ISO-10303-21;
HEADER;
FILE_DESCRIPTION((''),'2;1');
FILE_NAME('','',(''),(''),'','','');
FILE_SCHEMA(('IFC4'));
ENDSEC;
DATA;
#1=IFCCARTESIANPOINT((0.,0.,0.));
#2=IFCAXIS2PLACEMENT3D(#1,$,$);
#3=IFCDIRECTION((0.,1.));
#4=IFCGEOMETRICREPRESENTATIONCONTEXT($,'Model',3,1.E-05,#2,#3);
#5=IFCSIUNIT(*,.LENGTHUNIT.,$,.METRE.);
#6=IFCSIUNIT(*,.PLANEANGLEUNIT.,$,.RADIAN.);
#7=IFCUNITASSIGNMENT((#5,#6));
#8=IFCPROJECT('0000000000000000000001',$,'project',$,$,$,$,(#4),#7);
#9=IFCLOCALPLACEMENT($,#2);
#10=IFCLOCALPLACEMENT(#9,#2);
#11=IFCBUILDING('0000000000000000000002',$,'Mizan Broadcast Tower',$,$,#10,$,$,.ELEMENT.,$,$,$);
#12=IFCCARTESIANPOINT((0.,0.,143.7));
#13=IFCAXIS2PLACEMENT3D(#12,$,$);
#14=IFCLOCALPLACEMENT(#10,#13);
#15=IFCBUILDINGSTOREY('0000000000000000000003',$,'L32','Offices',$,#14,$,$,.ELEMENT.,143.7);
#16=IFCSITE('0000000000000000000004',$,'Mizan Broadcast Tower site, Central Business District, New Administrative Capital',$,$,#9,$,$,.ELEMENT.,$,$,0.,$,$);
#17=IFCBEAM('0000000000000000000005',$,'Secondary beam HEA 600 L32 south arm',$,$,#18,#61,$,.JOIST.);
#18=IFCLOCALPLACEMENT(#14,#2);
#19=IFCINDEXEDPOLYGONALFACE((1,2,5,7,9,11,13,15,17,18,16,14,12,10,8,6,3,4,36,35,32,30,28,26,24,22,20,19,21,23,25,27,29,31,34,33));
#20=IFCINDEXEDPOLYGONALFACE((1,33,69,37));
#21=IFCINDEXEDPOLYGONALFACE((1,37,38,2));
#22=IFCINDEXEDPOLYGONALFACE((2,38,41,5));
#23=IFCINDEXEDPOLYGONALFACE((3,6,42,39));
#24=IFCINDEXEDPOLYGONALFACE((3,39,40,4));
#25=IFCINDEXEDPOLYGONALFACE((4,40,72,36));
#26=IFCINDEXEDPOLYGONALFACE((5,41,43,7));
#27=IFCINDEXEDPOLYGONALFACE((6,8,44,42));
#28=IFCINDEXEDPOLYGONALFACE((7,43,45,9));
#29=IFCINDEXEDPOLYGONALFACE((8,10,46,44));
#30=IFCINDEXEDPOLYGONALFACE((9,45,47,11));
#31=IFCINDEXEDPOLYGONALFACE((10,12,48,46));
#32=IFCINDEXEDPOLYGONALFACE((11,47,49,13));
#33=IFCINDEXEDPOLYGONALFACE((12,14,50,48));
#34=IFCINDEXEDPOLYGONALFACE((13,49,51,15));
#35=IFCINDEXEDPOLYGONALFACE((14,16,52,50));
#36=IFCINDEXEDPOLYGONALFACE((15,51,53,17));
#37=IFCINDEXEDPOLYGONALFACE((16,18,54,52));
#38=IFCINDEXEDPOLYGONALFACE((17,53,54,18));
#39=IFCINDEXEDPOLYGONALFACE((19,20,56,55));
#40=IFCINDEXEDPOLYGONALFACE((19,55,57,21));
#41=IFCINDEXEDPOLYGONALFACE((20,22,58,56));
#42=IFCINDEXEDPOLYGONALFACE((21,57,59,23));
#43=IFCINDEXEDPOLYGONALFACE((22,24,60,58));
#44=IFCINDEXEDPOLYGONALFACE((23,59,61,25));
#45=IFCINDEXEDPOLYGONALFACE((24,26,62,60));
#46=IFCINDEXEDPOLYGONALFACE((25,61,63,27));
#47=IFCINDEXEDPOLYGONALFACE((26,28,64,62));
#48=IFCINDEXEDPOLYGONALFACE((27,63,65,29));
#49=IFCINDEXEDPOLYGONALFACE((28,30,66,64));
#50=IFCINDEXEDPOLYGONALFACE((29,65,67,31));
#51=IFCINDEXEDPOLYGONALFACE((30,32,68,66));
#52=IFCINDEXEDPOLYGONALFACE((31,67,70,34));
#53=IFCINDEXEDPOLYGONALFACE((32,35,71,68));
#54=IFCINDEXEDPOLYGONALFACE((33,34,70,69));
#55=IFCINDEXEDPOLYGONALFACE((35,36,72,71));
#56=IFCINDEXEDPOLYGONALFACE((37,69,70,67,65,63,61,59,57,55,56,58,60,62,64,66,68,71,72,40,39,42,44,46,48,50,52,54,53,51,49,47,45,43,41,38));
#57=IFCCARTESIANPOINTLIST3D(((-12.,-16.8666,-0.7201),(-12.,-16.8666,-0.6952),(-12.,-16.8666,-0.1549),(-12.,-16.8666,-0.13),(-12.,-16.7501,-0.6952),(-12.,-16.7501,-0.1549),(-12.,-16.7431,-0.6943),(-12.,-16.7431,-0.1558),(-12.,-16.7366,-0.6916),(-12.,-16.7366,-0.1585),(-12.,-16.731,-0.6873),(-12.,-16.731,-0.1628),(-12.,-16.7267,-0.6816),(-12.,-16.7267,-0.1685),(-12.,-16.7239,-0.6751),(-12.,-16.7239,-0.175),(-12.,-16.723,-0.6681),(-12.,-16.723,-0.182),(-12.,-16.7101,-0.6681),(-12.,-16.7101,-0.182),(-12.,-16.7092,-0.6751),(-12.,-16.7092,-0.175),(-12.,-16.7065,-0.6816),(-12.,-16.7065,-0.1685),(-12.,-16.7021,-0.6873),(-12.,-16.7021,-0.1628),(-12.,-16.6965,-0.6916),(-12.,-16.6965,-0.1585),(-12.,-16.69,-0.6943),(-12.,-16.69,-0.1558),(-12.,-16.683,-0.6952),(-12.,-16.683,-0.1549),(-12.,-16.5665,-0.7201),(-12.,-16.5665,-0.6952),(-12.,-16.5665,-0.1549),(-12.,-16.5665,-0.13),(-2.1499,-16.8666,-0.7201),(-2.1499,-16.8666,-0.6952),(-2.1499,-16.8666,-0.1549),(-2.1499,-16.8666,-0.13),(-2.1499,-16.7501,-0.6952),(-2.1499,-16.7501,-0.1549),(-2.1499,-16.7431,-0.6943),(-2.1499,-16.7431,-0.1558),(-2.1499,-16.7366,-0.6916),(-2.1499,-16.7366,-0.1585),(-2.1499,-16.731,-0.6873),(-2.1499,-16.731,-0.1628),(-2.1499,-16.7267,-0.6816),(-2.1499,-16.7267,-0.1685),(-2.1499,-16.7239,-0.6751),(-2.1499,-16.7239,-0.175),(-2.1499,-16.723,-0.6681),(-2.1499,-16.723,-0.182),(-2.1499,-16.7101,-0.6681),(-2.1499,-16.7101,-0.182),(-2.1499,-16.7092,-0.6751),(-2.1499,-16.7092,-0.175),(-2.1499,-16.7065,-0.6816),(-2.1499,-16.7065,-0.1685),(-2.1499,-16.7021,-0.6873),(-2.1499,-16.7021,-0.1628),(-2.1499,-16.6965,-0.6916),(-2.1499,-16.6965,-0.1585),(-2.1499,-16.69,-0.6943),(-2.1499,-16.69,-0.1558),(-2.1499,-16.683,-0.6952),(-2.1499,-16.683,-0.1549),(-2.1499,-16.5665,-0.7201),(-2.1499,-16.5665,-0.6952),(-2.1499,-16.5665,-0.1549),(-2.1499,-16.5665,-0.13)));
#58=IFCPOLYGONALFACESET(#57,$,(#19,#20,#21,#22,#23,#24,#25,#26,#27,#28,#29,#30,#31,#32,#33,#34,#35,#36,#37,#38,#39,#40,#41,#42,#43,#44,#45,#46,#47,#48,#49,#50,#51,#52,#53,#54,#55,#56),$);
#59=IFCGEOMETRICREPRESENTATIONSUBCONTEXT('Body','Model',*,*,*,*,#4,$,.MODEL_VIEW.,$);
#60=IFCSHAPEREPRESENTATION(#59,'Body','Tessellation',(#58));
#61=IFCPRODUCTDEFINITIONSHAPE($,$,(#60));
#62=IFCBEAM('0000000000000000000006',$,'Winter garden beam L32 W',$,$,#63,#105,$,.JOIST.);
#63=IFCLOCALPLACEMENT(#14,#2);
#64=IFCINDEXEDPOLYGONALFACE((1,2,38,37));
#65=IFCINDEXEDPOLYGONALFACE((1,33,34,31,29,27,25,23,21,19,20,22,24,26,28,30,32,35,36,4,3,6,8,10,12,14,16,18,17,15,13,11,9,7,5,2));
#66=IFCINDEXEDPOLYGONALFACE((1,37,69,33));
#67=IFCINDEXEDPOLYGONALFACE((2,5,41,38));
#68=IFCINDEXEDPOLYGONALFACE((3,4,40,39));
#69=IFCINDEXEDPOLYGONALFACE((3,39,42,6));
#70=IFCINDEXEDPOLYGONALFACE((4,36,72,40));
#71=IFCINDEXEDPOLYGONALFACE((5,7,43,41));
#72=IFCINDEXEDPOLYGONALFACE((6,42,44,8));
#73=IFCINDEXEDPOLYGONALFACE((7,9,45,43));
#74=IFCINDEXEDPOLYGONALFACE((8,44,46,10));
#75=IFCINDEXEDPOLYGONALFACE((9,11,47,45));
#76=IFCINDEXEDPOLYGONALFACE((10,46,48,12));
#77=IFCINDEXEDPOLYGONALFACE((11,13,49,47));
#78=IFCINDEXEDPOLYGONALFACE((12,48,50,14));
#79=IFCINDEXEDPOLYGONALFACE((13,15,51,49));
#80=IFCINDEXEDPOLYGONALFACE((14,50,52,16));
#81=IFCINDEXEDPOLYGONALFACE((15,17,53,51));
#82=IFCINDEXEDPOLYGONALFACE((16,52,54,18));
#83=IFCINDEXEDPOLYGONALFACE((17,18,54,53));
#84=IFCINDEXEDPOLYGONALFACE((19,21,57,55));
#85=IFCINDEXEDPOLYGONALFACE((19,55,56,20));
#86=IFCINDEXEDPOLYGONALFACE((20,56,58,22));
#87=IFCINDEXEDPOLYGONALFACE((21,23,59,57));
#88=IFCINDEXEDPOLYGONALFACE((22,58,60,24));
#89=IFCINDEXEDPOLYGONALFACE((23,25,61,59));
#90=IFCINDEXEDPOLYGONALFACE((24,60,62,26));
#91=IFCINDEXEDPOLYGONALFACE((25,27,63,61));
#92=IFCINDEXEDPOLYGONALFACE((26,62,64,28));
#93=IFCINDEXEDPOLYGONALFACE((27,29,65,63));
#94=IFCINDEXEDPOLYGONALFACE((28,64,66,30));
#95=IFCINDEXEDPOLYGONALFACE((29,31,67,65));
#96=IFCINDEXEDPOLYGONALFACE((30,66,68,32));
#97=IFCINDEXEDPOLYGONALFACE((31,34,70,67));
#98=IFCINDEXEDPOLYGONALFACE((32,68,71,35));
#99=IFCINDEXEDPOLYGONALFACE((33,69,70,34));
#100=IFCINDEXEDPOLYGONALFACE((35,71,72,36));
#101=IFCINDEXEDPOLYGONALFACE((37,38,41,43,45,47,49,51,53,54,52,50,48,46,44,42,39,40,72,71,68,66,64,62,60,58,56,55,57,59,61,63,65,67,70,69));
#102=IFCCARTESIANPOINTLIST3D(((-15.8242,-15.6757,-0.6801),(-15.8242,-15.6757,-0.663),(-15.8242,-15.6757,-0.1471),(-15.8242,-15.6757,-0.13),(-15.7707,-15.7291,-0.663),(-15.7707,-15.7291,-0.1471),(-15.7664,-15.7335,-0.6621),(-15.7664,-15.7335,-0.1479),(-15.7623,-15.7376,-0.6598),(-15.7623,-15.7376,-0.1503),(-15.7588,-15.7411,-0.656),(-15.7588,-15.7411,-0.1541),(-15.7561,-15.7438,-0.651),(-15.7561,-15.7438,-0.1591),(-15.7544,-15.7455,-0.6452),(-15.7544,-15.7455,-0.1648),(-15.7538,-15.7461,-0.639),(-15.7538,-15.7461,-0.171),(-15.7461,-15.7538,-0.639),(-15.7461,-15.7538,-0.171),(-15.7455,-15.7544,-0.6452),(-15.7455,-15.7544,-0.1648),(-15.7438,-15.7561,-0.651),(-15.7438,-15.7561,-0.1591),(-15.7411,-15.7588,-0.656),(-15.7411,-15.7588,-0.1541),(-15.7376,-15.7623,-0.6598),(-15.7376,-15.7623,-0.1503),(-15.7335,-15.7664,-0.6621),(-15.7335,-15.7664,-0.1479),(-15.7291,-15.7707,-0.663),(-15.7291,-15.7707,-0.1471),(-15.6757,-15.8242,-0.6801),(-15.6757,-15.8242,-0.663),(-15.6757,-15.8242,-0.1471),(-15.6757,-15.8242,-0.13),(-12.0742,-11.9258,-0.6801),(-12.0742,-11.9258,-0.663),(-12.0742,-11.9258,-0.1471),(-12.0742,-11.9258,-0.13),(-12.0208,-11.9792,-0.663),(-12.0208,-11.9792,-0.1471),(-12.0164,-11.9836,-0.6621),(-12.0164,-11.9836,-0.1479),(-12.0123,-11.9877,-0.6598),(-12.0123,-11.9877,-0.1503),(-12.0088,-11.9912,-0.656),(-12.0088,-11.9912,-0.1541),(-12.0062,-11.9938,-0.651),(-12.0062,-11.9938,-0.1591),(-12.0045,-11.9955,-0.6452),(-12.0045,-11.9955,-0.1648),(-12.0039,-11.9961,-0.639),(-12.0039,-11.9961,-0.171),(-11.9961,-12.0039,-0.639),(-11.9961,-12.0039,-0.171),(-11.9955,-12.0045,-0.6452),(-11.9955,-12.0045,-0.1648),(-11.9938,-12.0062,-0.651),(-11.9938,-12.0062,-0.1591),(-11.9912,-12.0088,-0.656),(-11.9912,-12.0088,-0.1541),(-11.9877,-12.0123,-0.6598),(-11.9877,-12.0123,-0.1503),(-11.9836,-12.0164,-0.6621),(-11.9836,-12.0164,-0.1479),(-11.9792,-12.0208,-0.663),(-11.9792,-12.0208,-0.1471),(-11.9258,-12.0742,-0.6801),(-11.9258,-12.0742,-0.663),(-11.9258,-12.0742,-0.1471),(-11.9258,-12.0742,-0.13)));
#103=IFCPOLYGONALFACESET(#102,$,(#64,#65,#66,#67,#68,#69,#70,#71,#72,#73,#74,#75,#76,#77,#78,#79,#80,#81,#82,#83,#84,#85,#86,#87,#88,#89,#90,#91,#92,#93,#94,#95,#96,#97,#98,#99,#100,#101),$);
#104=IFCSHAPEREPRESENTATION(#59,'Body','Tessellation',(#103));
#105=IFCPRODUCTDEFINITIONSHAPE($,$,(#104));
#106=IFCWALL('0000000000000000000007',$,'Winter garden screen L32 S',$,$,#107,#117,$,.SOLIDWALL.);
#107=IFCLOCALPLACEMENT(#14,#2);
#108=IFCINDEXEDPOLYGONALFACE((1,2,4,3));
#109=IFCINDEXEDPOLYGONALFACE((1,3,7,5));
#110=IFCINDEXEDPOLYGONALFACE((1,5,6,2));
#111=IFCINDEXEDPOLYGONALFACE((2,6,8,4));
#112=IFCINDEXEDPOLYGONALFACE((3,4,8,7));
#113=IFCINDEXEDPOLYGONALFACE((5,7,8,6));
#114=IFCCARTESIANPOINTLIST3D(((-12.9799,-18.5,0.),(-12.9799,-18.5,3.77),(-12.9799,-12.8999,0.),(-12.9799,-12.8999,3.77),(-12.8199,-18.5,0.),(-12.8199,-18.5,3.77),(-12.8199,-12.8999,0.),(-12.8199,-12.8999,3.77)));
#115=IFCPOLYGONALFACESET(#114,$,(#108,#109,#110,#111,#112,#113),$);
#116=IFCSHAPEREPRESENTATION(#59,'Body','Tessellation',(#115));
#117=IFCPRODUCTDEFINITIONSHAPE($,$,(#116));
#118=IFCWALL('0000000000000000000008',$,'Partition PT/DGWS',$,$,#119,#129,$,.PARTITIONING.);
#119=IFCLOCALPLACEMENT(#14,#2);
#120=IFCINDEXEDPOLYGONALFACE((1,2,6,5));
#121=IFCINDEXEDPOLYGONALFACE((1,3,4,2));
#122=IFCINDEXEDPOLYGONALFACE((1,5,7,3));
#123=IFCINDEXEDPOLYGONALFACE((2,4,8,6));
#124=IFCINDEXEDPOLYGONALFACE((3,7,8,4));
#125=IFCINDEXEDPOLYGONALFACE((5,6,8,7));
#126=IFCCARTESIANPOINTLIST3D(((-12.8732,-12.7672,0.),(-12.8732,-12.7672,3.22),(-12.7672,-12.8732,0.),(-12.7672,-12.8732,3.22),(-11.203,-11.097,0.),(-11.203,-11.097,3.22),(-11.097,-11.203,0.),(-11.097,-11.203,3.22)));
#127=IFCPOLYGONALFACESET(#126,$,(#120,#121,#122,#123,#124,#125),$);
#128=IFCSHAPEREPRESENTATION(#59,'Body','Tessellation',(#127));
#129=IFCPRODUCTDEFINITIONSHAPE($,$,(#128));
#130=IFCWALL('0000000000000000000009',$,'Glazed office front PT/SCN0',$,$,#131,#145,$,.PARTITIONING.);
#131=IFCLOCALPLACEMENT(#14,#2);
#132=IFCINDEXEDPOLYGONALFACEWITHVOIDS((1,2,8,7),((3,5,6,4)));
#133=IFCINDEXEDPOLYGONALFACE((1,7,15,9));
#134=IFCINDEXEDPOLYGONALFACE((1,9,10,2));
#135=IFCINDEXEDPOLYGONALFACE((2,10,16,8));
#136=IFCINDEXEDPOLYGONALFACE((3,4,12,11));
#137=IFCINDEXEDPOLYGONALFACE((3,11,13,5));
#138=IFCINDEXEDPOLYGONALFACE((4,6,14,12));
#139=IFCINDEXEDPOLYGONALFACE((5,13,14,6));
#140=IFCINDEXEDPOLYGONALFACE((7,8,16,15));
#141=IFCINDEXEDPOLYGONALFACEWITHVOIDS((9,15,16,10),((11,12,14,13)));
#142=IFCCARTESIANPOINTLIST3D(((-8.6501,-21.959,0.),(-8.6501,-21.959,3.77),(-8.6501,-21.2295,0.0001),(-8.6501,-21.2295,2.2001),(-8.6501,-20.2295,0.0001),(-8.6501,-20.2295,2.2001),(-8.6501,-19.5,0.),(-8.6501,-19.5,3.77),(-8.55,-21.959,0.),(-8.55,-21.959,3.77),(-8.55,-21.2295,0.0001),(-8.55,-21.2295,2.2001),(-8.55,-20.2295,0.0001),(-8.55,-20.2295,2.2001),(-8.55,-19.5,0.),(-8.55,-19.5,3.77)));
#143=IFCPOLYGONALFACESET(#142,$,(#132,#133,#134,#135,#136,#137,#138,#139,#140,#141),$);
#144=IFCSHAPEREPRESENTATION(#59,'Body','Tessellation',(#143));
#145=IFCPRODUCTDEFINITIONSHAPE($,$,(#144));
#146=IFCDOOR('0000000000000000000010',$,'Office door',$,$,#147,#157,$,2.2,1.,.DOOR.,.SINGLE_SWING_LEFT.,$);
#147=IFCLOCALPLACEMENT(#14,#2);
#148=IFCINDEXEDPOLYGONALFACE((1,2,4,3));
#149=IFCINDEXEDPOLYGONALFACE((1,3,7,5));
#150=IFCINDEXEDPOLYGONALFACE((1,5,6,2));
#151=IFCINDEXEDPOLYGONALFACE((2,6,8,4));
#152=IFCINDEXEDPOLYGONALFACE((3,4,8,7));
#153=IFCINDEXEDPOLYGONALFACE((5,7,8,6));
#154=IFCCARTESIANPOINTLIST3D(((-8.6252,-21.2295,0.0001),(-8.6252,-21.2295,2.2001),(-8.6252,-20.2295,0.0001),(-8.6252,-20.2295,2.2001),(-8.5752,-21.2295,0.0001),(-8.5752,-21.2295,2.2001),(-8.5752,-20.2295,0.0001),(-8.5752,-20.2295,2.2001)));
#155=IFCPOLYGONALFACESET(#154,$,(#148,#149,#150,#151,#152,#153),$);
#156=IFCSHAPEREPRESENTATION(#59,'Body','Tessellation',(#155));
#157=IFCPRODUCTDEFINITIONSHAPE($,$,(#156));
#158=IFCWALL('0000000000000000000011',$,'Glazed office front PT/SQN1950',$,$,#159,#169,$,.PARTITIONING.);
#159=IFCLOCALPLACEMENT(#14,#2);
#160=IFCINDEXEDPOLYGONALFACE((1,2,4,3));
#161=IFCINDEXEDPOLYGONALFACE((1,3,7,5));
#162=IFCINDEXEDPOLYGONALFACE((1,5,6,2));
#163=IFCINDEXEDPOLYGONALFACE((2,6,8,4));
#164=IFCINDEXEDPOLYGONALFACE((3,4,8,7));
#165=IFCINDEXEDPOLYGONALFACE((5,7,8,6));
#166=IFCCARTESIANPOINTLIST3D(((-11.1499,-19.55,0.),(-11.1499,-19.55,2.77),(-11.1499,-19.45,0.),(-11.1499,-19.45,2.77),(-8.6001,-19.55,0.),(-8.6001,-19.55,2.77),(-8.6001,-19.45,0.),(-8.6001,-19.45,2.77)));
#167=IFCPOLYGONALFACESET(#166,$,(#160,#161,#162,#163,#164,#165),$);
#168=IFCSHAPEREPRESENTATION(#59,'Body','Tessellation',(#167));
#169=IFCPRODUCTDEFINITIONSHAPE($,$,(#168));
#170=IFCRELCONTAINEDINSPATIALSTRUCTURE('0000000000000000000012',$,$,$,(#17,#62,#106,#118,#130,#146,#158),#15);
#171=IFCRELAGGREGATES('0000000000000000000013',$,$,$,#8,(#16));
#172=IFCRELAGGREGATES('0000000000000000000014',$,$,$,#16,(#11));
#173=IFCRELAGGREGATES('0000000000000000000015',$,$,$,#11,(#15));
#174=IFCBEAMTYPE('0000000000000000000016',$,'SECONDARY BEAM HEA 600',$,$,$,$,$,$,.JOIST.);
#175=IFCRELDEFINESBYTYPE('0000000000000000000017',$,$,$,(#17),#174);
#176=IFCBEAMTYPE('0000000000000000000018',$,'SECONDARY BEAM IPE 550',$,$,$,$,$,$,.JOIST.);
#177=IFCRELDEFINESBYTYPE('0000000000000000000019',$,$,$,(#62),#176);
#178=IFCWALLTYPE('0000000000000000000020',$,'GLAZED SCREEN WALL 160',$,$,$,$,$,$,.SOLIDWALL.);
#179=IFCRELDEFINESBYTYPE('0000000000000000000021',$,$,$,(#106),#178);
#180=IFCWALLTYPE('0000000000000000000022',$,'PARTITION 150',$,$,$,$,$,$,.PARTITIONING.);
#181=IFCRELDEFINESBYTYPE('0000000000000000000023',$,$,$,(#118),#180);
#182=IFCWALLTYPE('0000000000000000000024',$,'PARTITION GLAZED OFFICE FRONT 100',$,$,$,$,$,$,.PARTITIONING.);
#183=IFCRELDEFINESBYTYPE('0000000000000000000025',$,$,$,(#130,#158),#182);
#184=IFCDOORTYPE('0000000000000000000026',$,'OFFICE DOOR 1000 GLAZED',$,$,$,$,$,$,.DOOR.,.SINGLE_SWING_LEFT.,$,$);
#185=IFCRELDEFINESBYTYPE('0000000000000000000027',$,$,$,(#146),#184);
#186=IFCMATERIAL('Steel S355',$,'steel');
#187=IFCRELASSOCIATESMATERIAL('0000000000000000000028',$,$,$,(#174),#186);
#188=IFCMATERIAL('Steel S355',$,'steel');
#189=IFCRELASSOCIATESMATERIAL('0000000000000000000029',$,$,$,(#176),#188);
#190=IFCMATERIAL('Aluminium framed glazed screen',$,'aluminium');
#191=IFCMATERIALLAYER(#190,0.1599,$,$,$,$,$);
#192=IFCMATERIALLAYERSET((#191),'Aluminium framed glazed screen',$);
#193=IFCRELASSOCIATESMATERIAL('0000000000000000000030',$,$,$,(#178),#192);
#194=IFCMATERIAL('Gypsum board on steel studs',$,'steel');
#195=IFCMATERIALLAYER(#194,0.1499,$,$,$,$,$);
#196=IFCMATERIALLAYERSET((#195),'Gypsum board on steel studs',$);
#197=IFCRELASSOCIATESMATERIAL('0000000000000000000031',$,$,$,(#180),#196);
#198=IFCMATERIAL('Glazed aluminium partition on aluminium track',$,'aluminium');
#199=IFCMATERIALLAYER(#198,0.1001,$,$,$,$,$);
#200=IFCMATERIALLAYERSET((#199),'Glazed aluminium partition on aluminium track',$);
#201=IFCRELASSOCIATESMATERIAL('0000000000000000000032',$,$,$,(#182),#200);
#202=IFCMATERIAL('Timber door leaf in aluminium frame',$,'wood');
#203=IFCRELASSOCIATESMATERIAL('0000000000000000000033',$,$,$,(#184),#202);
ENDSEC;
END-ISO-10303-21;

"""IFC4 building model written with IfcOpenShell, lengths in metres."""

from ifc_helpers import new_model, si_unit, direction, frame, frame_2d, origin, origin_2d, place, context, subcontext, project, spatial, rectangle, i_section, extrude, material, layer, layer_set, material_profile, profile_set, type_object, element, fill, save


model = new_model("IFC4")

# Units and contexts
model_context = context("Model", 3, precision=1e-05, world=origin(), true_north=direction((0.0, 1.0)))
body_context = subcontext(model_context, "Body", "Model", "MODEL_VIEW")
ifc_project = project(units=[si_unit("LENGTHUNIT", "METRE"), si_unit("PLANEANGLEUNIT", "RADIAN")], contexts=[model_context])

# Site, building, storey
site_placement = place(None, origin())
site = spatial("IfcSite", under=ifc_project, at=site_placement, Name="Mizan Broadcast Tower site, Central Business District, New Administrative Capital", CompositionType="ELEMENT", RefElevation=0.0)
building_placement = place(site_placement, origin())
building = spatial("IfcBuilding", under=site, at=building_placement, Name="Mizan Broadcast Tower", CompositionType="ELEMENT")
storey_placement = place(building_placement, frame((0.0, 0.0, 143.7)))
storey = spatial("IfcBuildingStorey", under=building, at=storey_placement, Name="L32", Description="Offices", CompositionType="ELEMENT", Elevation=143.7)

# Beams
ifc_material_1 = material(Name="Steel S355", Category="steel")
ifc_material_profile_1 = material_profile(ifc_material_1, i_section(OverallWidth=0.3, OverallDepth=0.5901, WebThickness=0.0129, FlangeThickness=0.0249, FilletRadius=0.0271, at=origin_2d()), Name="HEA 600")
ifc_profile_set_1 = profile_set([ifc_material_profile_1], Name="Steel S355")
beam_type_1 = type_object("IfcBeamType", Name="SECONDARY BEAM HEA 600", PredefinedType="JOIST", material=ifc_profile_set_1)
for number, where, z_axis, x_axis, name in (
    (1, (-12.0, -16.7166, -0.425), (1.0, 0.0, 0.0), (0.0, 1.0, 0.0), "Secondary beam HEA 600 L32 south arm"),
):
    element("IfcBeam", number, at=place(storey_placement, frame(where, z_axis=z_axis, x_axis=x_axis)), inside=storey, type_object=beam_type_1, Name=name, PredefinedType="JOIST", context=body_context, shape_type="SweptSolid", body=[
        extrude(i_section(OverallWidth=0.3, OverallDepth=0.5901, WebThickness=0.0129, FlangeThickness=0.0249, FilletRadius=0.0271, at=origin_2d()), origin(), (0.0, 0.0, 1.0), 9.8501),
    ])
ifc_material_2 = material(Name="Steel S355", Category="steel")
ifc_material_profile_2 = material_profile(ifc_material_2, i_section(OverallWidth=0.21, OverallDepth=0.55, WebThickness=0.011, FlangeThickness=0.0171, FilletRadius=0.0239, at=origin_2d()), Name="IPE 550")
ifc_profile_set_2 = profile_set([ifc_material_profile_2], Name="Steel S355")
beam_type_2 = type_object("IfcBeamType", Name="SECONDARY BEAM IPE 550", PredefinedType="JOIST", material=ifc_profile_set_2)
beam_1_placement = place(storey_placement, frame((-12.0, -12.0, -0.405), z_axis=(-0.707107, -0.707107, 0.0), x_axis=(0.707107, -0.707107, 0.0)))
element("IfcBeam", 2, at=beam_1_placement, inside=storey, type_object=beam_type_2, Name="Winter garden beam L32 W", PredefinedType="JOIST", context=body_context, shape_type="SweptSolid", body=[
    extrude(i_section(OverallWidth=0.21, OverallDepth=0.55, WebThickness=0.011, FlangeThickness=0.0171, FilletRadius=0.0239, at=origin_2d()), origin(), (0.0, 0.0, 1.0), 5.3032),
])

# Walls
ifc_material_3 = material(Name="Aluminium framed glazed screen", Category="aluminium")
ifc_layer_1 = layer(ifc_material_3, 0.1599)
ifc_layer_set_1 = layer_set([ifc_layer_1], Name="Aluminium framed glazed screen")
wall_type_1 = type_object("IfcWallType", Name="GLAZED SCREEN WALL 160", PredefinedType="SOLIDWALL", material=ifc_layer_set_1)
wall_1_placement = place(storey_placement, frame((-12.8999, -12.8999, 0.0), z_axis=(0.0, 0.0, 1.0), x_axis=(0.0, -1.0, 0.0)))
element("IfcWall", 3, at=wall_1_placement, inside=storey, type_object=wall_type_1, Name="Winter garden screen L32 S", PredefinedType="SOLIDWALL", context=body_context, shape_type="SweptSolid", body=[
    extrude(rectangle(XDim=5.6001, YDim=0.1599, at=frame_2d((2.8, 0.0))), origin(), (0.0, 0.0, 1.0), 3.77),
])
ifc_material_4 = material(Name="Gypsum board on steel studs", Category="steel")
ifc_layer_2 = layer(ifc_material_4, 0.1499)
ifc_layer_set_2 = layer_set([ifc_layer_2], Name="Gypsum board on steel studs")
wall_type_2 = type_object("IfcWallType", Name="PARTITION 150", PredefinedType="PARTITIONING", material=ifc_layer_set_2)
wall_2_placement = place(storey_placement, frame((-11.1499, -11.1499, 0.0), z_axis=(0.0, 0.0, 1.0), x_axis=(-0.707107, -0.707107, 0.0)))
element("IfcWall", 4, at=wall_2_placement, inside=storey, type_object=wall_type_2, Name="Partition PT/DGWS", PredefinedType="PARTITIONING", context=body_context, shape_type="SweptSolid", body=[
    extrude(rectangle(XDim=2.3621, YDim=0.1499, at=frame_2d((1.1812, 0.0))), origin(), (0.0, 0.0, 1.0), 3.22),
])

# Wall, opening, door
ifc_material_5 = material(Name="Glazed aluminium partition on aluminium track", Category="aluminium")
ifc_layer_3 = layer(ifc_material_5, 0.1001)
ifc_layer_set_3 = layer_set([ifc_layer_3], Name="Glazed aluminium partition on aluminium track")
wall_type_3 = type_object("IfcWallType", Name="PARTITION GLAZED OFFICE FRONT 100", PredefinedType="PARTITIONING", material=ifc_layer_set_3)
wall_3_placement = place(storey_placement, frame((-8.6001, -19.5, 0.0), z_axis=(0.0, 0.0, 1.0), x_axis=(0.0, -1.0, 0.0)))
wall_3 = element("IfcWall", 5, at=wall_3_placement, inside=storey, type_object=wall_type_3, Name="Glazed office front PT/SCN0", PredefinedType="PARTITIONING", context=body_context, shape_type="SweptSolid", body=[
    extrude(rectangle(XDim=2.459, YDim=0.1001, at=frame_2d((1.2295, 0.0))), origin(), (0.0, 0.0, 1.0), 3.77),
])
opening_placement = place(wall_3_placement, frame((0.7295, 0.0, 0.0)))
opening = element("IfcOpeningElement", 6, at=opening_placement, cuts=wall_3, PredefinedType="OPENING", context=body_context, shape_type="SweptSolid", body=[
    extrude(rectangle(XDim=1.0, YDim=2.2, at=frame_2d((0.5, 1.1001))), frame((0.0, 0.0601, 0.0), z_axis=(0.0, -1.0, 0.0), x_axis=(1.0, 0.0, 0.0)), (0.0, 0.0, 1.0), 0.1201),
])
ifc_material_6 = material(Name="Timber door leaf in aluminium frame", Category="wood")
door_type = type_object("IfcDoorType", Name="OFFICE DOOR 1000 GLAZED", OperationType="SINGLE_SWING_LEFT", PredefinedType="DOOR", material=ifc_material_6)
door_placement = place(opening_placement, origin())
door = element("IfcDoor", 7, at=door_placement, inside=storey, type_object=door_type, Name="Office door", OperationType="SINGLE_SWING_LEFT", OverallHeight=2.2, OverallWidth=1.0, PredefinedType="DOOR", context=body_context, shape_type="SweptSolid", body=[
    extrude(rectangle(XDim=1.0, YDim=2.2, at=frame_2d((0.5, 1.1001))), frame((0.0, 0.0249, 0.0), z_axis=(0.0, -1.0, 0.0), x_axis=(1.0, 0.0, 0.0)), (0.0, 0.0, 1.0), 0.05),
])
fill(opening, door)

# Wall
wall_4_placement = place(storey_placement, frame((-8.6001, -19.5, 0.0), z_axis=(0.0, 0.0, 1.0), x_axis=(-1.0, 0.0, 0.0)))
element("IfcWall", 8, at=wall_4_placement, inside=storey, type_object=wall_type_3, Name="Glazed office front PT/SQN1950", PredefinedType="PARTITIONING", context=body_context, shape_type="SweptSolid", body=[
    extrude(rectangle(XDim=2.5498, YDim=0.1001, at=frame_2d((1.2749, 0.0))), origin(), (0.0, 0.0, 1.0), 2.77),
])

save(model, "model.ifc")
